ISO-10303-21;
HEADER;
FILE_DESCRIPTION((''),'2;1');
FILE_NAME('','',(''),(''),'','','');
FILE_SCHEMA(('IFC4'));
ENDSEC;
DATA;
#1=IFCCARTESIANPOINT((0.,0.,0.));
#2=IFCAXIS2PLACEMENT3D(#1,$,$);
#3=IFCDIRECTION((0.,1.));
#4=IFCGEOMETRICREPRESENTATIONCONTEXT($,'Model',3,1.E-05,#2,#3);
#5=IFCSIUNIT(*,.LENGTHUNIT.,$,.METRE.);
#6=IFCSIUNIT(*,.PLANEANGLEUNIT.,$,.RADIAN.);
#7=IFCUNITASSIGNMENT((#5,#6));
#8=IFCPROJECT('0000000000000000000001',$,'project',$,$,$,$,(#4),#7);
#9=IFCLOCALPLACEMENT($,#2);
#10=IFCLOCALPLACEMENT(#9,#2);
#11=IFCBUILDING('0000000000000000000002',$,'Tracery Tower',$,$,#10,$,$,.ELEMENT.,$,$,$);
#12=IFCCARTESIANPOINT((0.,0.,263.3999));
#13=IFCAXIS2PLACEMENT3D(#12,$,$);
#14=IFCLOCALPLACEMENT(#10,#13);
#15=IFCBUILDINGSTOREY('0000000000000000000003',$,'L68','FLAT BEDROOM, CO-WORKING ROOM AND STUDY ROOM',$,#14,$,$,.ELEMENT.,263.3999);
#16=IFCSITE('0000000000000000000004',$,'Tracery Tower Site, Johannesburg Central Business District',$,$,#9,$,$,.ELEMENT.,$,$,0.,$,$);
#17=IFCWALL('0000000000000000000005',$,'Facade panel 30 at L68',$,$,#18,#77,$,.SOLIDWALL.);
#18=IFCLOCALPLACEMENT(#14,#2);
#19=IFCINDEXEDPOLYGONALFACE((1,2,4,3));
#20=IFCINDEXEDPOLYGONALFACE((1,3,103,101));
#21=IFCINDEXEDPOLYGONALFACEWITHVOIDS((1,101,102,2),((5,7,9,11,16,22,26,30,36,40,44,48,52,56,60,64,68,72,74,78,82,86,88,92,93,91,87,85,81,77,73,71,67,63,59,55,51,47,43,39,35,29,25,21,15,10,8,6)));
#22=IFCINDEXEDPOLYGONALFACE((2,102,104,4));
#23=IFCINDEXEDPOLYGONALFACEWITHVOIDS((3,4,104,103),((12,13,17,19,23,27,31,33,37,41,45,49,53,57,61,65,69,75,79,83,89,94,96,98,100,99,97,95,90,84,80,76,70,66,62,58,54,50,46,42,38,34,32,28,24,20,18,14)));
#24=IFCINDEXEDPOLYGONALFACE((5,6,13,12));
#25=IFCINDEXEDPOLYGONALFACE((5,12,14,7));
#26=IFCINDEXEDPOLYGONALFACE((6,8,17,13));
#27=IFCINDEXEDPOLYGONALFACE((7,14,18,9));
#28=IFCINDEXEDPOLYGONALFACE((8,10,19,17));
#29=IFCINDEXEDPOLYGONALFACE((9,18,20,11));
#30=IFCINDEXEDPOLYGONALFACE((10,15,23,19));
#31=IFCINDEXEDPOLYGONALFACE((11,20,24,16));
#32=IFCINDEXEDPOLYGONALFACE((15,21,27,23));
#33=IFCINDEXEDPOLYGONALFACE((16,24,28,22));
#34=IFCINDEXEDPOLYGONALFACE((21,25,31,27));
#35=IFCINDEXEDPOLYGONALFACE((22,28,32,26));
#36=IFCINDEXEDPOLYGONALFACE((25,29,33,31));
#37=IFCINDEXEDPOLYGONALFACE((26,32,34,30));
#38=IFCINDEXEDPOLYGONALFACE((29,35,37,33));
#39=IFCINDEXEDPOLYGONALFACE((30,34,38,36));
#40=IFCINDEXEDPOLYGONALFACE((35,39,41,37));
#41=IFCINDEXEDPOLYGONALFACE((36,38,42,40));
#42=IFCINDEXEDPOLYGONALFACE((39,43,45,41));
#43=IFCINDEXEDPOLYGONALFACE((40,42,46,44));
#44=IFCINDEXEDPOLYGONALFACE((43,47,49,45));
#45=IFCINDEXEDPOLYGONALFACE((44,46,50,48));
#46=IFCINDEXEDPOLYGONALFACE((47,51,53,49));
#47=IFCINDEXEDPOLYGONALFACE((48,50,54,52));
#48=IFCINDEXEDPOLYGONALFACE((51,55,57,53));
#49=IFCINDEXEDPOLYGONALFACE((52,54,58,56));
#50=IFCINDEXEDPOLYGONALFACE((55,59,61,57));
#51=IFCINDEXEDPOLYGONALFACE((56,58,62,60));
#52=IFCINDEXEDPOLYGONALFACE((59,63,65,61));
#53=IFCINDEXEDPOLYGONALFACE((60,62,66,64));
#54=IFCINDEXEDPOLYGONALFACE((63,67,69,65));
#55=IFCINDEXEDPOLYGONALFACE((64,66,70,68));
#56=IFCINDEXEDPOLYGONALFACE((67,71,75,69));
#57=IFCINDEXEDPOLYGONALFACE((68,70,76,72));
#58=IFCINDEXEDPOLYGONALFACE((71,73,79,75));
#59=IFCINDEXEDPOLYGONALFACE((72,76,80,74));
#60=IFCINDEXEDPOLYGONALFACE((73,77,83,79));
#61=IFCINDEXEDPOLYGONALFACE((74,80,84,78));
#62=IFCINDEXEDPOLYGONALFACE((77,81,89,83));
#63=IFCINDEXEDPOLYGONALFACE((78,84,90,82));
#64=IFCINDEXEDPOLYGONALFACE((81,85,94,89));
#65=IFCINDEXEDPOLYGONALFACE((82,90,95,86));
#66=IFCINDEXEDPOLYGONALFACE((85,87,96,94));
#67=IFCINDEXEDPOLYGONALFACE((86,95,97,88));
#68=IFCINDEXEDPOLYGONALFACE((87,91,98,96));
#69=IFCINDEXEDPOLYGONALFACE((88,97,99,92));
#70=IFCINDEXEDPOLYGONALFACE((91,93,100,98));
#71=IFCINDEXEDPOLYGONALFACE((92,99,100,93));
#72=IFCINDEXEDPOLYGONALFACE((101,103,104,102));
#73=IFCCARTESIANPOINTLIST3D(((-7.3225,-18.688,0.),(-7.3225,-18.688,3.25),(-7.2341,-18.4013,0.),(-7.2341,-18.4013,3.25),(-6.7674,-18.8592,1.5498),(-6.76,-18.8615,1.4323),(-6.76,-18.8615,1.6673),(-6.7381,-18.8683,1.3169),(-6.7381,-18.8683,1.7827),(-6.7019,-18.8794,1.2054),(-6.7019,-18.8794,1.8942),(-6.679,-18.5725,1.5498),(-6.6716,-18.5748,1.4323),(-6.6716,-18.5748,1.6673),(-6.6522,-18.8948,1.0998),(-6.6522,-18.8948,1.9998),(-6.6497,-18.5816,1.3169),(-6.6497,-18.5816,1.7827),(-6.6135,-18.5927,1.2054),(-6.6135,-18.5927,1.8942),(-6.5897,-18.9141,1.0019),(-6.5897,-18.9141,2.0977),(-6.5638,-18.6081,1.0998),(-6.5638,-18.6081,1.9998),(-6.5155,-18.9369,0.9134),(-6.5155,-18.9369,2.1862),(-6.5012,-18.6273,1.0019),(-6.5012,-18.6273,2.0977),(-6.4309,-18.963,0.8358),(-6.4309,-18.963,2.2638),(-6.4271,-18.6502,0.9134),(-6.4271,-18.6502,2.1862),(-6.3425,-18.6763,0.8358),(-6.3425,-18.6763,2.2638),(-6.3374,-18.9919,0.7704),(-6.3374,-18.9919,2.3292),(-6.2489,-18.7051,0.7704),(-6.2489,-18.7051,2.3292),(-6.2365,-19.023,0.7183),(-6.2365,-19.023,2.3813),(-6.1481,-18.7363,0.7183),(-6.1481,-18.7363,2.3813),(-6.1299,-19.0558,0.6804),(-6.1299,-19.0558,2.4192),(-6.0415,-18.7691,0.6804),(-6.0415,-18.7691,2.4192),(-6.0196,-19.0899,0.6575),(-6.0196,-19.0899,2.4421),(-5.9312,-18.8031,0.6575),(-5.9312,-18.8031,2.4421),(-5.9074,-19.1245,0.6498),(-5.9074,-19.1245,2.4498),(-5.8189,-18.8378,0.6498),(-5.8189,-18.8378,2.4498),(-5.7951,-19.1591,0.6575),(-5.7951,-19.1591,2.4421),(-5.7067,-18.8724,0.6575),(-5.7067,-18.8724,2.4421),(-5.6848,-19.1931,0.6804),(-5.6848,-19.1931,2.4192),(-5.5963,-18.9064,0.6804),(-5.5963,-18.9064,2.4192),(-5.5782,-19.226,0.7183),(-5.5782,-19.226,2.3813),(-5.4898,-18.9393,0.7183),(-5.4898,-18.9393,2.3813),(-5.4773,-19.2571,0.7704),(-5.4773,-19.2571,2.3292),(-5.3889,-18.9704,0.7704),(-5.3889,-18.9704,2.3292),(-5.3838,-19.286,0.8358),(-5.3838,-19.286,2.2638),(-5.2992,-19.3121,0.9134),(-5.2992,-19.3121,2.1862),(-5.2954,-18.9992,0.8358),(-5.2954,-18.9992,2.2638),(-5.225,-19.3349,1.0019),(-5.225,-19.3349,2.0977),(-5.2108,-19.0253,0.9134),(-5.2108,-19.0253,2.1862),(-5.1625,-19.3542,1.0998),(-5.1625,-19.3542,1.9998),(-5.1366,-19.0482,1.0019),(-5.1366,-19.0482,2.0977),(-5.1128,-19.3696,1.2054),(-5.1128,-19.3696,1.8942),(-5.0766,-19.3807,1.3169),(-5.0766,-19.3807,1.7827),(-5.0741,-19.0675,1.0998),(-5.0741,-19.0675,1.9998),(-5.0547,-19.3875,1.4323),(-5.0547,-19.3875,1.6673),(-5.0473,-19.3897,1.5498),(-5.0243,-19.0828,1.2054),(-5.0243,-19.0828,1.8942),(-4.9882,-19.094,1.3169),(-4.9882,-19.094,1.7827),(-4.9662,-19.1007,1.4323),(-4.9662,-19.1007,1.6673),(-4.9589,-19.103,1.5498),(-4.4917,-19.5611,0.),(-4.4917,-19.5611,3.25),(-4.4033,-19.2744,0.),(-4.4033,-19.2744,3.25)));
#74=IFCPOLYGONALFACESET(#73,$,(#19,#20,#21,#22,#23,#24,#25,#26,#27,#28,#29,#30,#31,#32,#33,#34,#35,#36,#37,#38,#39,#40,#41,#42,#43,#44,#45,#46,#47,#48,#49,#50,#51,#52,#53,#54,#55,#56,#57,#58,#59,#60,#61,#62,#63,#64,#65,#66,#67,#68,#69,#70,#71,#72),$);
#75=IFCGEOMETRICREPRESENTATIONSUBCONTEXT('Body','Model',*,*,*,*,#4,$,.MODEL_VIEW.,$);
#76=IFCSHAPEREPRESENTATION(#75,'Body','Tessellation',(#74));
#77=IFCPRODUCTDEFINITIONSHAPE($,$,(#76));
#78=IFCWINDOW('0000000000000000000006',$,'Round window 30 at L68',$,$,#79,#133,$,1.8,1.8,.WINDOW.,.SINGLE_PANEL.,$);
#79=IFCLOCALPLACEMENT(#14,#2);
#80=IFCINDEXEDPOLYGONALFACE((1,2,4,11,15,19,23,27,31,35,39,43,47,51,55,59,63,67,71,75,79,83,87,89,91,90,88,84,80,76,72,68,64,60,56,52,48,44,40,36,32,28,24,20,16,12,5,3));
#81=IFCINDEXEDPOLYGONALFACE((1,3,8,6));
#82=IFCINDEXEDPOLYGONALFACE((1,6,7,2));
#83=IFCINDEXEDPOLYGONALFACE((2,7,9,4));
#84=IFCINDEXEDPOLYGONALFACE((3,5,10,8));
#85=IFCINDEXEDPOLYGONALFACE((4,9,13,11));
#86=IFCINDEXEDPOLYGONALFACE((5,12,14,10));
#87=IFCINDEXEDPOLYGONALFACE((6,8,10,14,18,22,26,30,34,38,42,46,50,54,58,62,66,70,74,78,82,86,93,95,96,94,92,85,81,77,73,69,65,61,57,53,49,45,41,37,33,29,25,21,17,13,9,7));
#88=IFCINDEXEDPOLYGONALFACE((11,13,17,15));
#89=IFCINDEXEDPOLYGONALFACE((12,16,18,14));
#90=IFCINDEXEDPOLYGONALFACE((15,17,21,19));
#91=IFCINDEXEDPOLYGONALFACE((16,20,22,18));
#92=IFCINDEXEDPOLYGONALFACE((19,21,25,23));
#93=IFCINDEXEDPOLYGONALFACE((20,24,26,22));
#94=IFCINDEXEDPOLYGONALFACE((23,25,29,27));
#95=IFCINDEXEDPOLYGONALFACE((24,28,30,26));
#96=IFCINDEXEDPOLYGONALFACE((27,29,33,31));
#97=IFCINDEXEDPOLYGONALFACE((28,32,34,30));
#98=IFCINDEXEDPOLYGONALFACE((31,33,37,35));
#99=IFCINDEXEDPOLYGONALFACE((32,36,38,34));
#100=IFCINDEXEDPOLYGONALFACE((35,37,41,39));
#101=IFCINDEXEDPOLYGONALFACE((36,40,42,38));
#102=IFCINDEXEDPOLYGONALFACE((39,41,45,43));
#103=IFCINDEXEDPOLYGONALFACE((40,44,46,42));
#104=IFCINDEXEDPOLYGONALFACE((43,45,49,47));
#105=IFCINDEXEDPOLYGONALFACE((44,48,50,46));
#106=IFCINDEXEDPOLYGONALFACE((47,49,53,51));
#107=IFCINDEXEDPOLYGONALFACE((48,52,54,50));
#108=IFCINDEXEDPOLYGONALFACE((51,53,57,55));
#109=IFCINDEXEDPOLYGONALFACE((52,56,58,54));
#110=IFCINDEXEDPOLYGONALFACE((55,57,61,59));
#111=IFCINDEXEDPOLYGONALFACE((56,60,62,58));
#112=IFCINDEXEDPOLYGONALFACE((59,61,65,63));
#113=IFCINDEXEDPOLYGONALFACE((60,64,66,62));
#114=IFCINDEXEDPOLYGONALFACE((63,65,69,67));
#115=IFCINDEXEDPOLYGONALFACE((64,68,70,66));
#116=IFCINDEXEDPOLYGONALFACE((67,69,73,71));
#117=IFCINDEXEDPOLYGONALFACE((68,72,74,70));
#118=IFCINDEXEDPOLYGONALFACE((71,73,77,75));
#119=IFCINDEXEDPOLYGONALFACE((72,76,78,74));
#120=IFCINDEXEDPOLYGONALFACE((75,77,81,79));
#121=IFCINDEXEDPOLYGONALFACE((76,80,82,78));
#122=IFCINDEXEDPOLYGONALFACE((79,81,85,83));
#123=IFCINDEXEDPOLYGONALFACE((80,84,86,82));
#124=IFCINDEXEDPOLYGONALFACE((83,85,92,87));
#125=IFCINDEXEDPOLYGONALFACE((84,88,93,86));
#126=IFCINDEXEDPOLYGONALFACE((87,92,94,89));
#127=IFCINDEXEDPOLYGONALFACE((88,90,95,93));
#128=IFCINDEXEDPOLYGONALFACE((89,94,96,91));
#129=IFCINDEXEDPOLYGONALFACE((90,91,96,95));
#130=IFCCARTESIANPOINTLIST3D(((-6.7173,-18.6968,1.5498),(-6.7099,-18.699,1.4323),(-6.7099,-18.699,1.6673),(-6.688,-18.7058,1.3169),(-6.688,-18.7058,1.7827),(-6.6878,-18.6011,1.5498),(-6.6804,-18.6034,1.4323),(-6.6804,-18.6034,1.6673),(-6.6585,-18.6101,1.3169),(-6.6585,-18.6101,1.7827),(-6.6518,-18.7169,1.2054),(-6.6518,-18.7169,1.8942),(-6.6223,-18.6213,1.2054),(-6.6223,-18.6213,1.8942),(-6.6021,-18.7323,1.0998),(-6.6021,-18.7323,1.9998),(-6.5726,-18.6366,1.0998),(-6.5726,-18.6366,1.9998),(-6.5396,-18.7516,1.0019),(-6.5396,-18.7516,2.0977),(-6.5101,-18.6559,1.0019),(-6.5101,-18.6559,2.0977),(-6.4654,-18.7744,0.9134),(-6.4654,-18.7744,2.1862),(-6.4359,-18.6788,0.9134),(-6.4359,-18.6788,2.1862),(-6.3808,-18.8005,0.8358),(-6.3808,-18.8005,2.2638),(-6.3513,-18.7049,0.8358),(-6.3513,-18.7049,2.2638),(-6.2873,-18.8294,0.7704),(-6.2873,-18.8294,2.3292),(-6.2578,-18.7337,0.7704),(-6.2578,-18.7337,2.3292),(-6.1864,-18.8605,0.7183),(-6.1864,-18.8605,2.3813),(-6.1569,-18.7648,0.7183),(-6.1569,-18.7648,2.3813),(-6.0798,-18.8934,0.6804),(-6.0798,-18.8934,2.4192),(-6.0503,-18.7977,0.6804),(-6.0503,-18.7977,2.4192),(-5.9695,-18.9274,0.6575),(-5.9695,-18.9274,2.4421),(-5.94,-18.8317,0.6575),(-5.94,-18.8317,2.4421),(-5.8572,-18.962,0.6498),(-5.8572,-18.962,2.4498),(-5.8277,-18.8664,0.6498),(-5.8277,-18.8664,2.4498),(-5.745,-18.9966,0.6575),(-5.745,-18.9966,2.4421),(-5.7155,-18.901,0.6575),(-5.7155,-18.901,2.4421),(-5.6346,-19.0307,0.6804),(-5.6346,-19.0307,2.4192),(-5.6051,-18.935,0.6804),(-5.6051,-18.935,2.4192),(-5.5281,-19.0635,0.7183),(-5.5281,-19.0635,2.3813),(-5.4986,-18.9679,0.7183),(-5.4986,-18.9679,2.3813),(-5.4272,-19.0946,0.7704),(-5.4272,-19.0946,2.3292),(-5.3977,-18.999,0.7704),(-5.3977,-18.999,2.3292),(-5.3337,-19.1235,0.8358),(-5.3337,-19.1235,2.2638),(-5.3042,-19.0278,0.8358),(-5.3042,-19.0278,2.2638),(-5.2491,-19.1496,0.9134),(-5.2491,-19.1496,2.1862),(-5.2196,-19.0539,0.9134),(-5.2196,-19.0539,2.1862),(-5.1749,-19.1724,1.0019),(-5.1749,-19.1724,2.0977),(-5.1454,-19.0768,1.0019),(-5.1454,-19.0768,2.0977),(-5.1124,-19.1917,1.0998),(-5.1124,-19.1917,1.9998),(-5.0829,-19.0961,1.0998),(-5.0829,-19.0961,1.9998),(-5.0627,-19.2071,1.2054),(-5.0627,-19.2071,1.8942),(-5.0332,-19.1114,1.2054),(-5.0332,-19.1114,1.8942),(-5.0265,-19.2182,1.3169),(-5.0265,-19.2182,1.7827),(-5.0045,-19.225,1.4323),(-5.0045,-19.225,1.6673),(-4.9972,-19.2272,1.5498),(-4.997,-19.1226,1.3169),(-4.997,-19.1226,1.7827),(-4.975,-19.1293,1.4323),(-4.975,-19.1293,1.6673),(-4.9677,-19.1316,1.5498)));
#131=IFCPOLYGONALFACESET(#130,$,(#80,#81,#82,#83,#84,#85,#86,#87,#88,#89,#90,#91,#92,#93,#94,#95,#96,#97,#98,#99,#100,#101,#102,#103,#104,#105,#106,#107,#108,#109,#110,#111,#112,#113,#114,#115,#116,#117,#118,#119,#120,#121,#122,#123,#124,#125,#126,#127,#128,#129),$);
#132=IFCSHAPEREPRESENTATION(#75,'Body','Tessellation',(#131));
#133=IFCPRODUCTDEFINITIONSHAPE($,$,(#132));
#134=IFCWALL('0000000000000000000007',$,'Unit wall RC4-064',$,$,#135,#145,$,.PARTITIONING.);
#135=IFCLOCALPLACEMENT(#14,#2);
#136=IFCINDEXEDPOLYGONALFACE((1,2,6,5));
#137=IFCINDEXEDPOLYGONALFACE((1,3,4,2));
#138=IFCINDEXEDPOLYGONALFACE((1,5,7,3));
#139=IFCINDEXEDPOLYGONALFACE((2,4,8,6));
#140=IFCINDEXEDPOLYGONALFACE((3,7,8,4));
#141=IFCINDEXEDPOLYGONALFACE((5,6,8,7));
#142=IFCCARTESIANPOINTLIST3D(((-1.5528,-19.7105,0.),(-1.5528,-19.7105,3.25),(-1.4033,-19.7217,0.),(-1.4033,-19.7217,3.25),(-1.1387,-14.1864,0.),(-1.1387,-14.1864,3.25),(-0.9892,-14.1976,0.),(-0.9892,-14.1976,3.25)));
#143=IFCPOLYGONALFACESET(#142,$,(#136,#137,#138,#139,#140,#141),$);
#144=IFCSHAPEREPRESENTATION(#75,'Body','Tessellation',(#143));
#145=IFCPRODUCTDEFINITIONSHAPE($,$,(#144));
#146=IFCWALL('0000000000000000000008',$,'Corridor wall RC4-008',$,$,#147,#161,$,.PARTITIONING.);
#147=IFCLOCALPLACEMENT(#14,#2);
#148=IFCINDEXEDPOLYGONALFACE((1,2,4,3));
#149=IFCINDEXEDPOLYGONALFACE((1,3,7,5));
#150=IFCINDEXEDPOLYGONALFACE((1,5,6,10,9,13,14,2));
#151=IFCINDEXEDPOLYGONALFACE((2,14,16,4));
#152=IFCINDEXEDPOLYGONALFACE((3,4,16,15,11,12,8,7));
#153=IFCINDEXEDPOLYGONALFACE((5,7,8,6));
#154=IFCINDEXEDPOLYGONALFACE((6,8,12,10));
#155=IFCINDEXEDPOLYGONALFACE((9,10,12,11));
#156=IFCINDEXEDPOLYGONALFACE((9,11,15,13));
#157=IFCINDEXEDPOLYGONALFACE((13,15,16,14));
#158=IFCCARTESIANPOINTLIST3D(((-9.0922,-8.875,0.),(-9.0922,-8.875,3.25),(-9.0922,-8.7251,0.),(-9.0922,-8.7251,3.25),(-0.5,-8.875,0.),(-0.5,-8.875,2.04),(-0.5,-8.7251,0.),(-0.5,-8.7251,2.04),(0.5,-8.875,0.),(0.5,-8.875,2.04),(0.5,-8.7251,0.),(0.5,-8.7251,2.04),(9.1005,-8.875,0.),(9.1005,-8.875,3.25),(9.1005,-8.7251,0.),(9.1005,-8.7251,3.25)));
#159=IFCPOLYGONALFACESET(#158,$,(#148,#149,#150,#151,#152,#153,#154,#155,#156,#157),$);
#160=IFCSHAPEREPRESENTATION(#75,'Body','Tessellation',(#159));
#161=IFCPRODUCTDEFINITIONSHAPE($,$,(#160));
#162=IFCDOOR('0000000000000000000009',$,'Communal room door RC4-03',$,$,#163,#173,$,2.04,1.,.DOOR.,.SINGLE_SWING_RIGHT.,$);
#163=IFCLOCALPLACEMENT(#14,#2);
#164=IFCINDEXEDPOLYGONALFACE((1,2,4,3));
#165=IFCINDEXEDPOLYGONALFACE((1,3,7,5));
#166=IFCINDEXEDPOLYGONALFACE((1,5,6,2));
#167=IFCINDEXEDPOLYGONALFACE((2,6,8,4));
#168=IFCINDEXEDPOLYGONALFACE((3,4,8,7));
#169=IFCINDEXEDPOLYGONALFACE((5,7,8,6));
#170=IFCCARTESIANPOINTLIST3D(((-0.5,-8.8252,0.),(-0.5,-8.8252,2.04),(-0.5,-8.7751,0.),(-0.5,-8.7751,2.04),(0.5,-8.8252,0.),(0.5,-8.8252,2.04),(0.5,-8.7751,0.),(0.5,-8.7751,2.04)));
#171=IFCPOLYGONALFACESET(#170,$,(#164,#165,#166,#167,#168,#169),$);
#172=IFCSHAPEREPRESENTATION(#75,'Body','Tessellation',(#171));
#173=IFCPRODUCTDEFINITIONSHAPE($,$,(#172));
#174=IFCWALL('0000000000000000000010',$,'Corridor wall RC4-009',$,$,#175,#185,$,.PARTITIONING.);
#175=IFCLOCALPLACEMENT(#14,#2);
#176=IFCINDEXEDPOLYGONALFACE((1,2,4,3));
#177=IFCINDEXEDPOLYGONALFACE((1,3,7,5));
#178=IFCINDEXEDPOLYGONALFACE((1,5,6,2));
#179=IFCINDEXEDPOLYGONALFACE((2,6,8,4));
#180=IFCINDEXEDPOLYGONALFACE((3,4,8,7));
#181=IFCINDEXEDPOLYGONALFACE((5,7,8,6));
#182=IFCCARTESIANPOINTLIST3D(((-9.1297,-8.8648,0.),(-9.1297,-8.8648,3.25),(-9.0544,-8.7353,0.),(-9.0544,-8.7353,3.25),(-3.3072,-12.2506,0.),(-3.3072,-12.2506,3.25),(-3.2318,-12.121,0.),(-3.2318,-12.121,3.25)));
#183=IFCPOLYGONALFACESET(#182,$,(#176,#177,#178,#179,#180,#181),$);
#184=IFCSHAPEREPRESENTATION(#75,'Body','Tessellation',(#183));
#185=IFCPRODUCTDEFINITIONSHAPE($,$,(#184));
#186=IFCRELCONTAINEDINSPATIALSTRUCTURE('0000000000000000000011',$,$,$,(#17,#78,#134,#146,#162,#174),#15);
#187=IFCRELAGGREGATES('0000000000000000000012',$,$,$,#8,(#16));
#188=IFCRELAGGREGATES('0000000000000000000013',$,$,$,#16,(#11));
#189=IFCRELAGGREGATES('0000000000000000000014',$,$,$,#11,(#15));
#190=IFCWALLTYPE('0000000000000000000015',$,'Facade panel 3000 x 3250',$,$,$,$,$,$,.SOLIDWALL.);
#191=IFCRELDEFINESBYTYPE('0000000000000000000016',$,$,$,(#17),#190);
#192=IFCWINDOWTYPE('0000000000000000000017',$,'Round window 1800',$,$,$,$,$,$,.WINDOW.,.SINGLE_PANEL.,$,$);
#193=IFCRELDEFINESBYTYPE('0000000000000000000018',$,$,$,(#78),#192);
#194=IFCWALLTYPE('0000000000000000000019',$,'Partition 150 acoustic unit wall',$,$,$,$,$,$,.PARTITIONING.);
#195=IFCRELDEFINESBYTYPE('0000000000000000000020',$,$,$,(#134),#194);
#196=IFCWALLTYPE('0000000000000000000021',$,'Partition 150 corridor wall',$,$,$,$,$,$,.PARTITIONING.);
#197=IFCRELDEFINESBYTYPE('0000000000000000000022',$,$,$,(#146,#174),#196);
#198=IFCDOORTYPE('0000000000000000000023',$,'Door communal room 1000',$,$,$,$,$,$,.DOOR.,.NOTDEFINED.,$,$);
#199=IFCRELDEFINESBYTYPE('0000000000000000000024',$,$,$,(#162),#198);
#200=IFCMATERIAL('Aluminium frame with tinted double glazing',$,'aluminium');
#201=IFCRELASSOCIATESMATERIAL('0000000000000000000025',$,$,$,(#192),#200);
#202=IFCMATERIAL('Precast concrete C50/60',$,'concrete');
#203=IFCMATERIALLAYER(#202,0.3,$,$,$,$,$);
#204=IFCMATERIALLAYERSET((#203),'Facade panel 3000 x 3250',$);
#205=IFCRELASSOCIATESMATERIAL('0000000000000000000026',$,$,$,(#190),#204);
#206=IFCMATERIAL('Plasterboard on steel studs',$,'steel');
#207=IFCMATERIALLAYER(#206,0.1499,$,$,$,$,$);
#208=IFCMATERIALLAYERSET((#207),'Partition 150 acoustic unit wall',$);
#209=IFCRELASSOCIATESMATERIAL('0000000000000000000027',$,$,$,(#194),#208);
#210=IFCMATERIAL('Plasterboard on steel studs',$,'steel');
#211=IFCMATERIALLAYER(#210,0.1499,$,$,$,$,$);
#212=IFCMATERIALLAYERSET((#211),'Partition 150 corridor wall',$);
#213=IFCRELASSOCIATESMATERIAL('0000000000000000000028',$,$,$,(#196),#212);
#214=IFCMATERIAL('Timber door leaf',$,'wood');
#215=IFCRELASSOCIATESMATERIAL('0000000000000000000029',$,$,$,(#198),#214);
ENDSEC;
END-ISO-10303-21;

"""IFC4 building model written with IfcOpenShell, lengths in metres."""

from ifc_helpers import new_model, si_unit, direction, frame, frame_2d, origin, origin_2d, place, context, subcontext, project, spatial, rectangle, circle, extrude, material, layer, layer_set, type_object, element, fill, save


model = new_model("IFC4")

# Units and contexts
model_context = context("Model", 3, precision=1e-05, world=origin(), true_north=direction((0.0, 1.0)))
body_context = subcontext(model_context, "Body", "Model", "MODEL_VIEW")
ifc_project = project(units=[si_unit("LENGTHUNIT", "METRE"), si_unit("PLANEANGLEUNIT", "RADIAN")], contexts=[model_context])

# Site, building, storey
site_placement = place(None, origin())
site = spatial("IfcSite", under=ifc_project, at=site_placement, Name="Tracery Tower Site, Johannesburg Central Business District", CompositionType="ELEMENT", RefElevation=0.0)
building_placement = place(site_placement, origin())
building = spatial("IfcBuilding", under=site, at=building_placement, Name="Tracery Tower", CompositionType="ELEMENT")
storey_placement = place(building_placement, frame((0.0, 0.0, 263.3999)))
storey = spatial("IfcBuildingStorey", under=building, at=storey_placement, Name="L68", Description="FLAT BEDROOM, CO-WORKING ROOM AND STUDY ROOM", CompositionType="ELEMENT", Elevation=263.3999)

# Wall, opening, window
ifc_material_1 = material(Name="Aluminium frame with tinted double glazing", Category="aluminium")
window_type = type_object("IfcWindowType", Name="Round window 1800", PartitioningType="SINGLE_PANEL", PredefinedType="WINDOW", material=ifc_material_1)
ifc_material_2 = material(Name="Precast concrete C50/60", Category="concrete")
ifc_layer_1 = layer(ifc_material_2, 0.3)
ifc_layer_set_1 = layer_set([ifc_layer_1], Name="Facade panel 3000 x 3250")
wall_type_1 = type_object("IfcWallType", Name="Facade panel 3000 x 3250", PredefinedType="SOLIDWALL", material=ifc_layer_set_1)
wall_1_placement = place(storey_placement, frame((-7.2783, -18.5447, 0.0), z_axis=(0.0, 0.0, 1.0), x_axis=(0.955586, -0.294711, 0.0)))
wall_1 = element("IfcWall", 1, at=wall_1_placement, inside=storey, type_object=wall_type_1, Name="Facade panel 30 at L68", PredefinedType="SOLIDWALL", context=body_context, shape_type="SweptSolid", body=[
    extrude(rectangle(XDim=2.9624, YDim=0.3, at=frame_2d((1.4812, 0.0))), origin(), (0.0, 0.0, 1.0), 3.25),
])
opening_1_placement = place(wall_1_placement, frame((1.481, 0.0, 1.5498)))
opening_1 = element("IfcOpeningElement", 2, at=opening_1_placement, cuts=wall_1, PredefinedType="OPENING", context=body_context, shape_type="SweptSolid", body=[
    extrude(circle(Radius=0.9, at=origin_2d()), frame((0.0, 0.1599, 0.0), z_axis=(0.0, -1.0, 0.0), x_axis=(1.0, 0.0, 0.0)), (0.0, 0.0, 1.0), 0.3201),
])
window_1_placement = place(opening_1_placement, origin())
window_1 = element("IfcWindow", 3, at=window_1_placement, inside=storey, type_object=window_type, Name="Round window 30 at L68", OverallHeight=1.8, OverallWidth=1.8, PartitioningType="SINGLE_PANEL", PredefinedType="WINDOW", context=body_context, shape_type="SweptSolid", body=[
    extrude(circle(Radius=0.9, at=origin_2d()), frame((0.0, 0.1201, 0.0), z_axis=(0.0, -1.0, 0.0), x_axis=(1.0, 0.0, 0.0)), (0.0, 0.0, 1.0), 0.1001),
])
fill(opening_1, window_1)

# Wall
ifc_material_3 = material(Name="Plasterboard on steel studs", Category="steel")
ifc_layer_2 = layer(ifc_material_3, 0.1499)
ifc_layer_set_2 = layer_set([ifc_layer_2], Name="Partition 150 acoustic unit wall")
wall_type_2 = type_object("IfcWallType", Name="Partition 150 acoustic unit wall", PredefinedType="PARTITIONING", material=ifc_layer_set_2)
wall_2_placement = place(storey_placement, frame((-1.478, -19.7161, 0.0), z_axis=(0.0, 0.0, 1.0), x_axis=(0.074745, 0.997203, 0.0)))
element("IfcWall", 4, at=wall_2_placement, inside=storey, type_object=wall_type_2, Name="Unit wall RC4-064", PredefinedType="PARTITIONING", context=body_context, shape_type="SweptSolid", body=[
    extrude(rectangle(XDim=5.5396, YDim=0.1499, at=frame_2d((2.7698, 0.0))), origin(), (0.0, 0.0, 1.0), 3.25),
])

# Wall, opening, door
ifc_material_4 = material(Name="Plasterboard on steel studs", Category="steel")
ifc_layer_3 = layer(ifc_material_4, 0.1499)
ifc_layer_set_3 = layer_set([ifc_layer_3], Name="Partition 150 corridor wall")
wall_type_3 = type_object("IfcWallType", Name="Partition 150 corridor wall", PredefinedType="PARTITIONING", material=ifc_layer_set_3)
wall_3_placement = place(storey_placement, frame((-9.092, -8.8, 0.0), z_axis=(0.0, 0.0, 1.0), x_axis=(1.0, 0.0, 0.0)))
wall_3 = element("IfcWall", 5, at=wall_3_placement, inside=storey, type_object=wall_type_3, Name="Corridor wall RC4-008", PredefinedType="PARTITIONING", context=body_context, shape_type="SweptSolid", body=[
    extrude(rectangle(XDim=18.1926, YDim=0.1499, at=frame_2d((9.0962, 0.0))), origin(), (0.0, 0.0, 1.0), 3.25),
])
opening_2_placement = place(wall_3_placement, frame((8.592, 0.0, 0.0)))
opening_2 = element("IfcOpeningElement", 6, at=opening_2_placement, cuts=wall_3, PredefinedType="OPENING", context=body_context, shape_type="SweptSolid", body=[
    extrude(rectangle(XDim=1.0, YDim=2.04, at=frame_2d((0.5, 1.02))), frame((0.0, 0.075, 0.0), z_axis=(0.0, -1.0, 0.0), x_axis=(1.0, 0.0, 0.0)), (0.0, 0.0, 1.0), 0.1499),
])
ifc_material_5 = material(Name="Timber door leaf", Category="wood")
door_type_1 = type_object("IfcDoorType", Name="Door communal room 1000", OperationType="NOTDEFINED", PredefinedType="DOOR", material=ifc_material_5)
door_1_placement = place(opening_2_placement, origin())
door_1 = element("IfcDoor", 7, at=door_1_placement, inside=storey, type_object=door_type_1, Name="Communal room door RC4-03", OperationType="SINGLE_SWING_RIGHT", OverallHeight=2.04, OverallWidth=1.0, PredefinedType="DOOR", context=body_context, shape_type="SweptSolid", body=[
    extrude(rectangle(XDim=1.0, YDim=2.04, at=frame_2d((0.5, 1.02))), frame((0.0, 0.0249, 0.0), z_axis=(0.0, -1.0, 0.0), x_axis=(1.0, 0.0, 0.0)), (0.0, 0.0, 1.0), 0.05),
])
fill(opening_2, door_1)

# Wall
wall_4_placement = place(storey_placement, frame((-9.092, -8.8, 0.0), z_axis=(0.0, 0.0, 1.0), x_axis=(0.864471, -0.502683, 0.0)))
element("IfcWall", 8, at=wall_4_placement, inside=storey, type_object=wall_type_3, Name="Corridor wall RC4-009", PredefinedType="PARTITIONING", context=body_context, shape_type="SweptSolid", body=[
    extrude(rectangle(XDim=6.7354, YDim=0.1499, at=frame_2d((3.3677, 0.0))), origin(), (0.0, 0.0, 1.0), 3.25),
])

save(model, "model.ifc")
